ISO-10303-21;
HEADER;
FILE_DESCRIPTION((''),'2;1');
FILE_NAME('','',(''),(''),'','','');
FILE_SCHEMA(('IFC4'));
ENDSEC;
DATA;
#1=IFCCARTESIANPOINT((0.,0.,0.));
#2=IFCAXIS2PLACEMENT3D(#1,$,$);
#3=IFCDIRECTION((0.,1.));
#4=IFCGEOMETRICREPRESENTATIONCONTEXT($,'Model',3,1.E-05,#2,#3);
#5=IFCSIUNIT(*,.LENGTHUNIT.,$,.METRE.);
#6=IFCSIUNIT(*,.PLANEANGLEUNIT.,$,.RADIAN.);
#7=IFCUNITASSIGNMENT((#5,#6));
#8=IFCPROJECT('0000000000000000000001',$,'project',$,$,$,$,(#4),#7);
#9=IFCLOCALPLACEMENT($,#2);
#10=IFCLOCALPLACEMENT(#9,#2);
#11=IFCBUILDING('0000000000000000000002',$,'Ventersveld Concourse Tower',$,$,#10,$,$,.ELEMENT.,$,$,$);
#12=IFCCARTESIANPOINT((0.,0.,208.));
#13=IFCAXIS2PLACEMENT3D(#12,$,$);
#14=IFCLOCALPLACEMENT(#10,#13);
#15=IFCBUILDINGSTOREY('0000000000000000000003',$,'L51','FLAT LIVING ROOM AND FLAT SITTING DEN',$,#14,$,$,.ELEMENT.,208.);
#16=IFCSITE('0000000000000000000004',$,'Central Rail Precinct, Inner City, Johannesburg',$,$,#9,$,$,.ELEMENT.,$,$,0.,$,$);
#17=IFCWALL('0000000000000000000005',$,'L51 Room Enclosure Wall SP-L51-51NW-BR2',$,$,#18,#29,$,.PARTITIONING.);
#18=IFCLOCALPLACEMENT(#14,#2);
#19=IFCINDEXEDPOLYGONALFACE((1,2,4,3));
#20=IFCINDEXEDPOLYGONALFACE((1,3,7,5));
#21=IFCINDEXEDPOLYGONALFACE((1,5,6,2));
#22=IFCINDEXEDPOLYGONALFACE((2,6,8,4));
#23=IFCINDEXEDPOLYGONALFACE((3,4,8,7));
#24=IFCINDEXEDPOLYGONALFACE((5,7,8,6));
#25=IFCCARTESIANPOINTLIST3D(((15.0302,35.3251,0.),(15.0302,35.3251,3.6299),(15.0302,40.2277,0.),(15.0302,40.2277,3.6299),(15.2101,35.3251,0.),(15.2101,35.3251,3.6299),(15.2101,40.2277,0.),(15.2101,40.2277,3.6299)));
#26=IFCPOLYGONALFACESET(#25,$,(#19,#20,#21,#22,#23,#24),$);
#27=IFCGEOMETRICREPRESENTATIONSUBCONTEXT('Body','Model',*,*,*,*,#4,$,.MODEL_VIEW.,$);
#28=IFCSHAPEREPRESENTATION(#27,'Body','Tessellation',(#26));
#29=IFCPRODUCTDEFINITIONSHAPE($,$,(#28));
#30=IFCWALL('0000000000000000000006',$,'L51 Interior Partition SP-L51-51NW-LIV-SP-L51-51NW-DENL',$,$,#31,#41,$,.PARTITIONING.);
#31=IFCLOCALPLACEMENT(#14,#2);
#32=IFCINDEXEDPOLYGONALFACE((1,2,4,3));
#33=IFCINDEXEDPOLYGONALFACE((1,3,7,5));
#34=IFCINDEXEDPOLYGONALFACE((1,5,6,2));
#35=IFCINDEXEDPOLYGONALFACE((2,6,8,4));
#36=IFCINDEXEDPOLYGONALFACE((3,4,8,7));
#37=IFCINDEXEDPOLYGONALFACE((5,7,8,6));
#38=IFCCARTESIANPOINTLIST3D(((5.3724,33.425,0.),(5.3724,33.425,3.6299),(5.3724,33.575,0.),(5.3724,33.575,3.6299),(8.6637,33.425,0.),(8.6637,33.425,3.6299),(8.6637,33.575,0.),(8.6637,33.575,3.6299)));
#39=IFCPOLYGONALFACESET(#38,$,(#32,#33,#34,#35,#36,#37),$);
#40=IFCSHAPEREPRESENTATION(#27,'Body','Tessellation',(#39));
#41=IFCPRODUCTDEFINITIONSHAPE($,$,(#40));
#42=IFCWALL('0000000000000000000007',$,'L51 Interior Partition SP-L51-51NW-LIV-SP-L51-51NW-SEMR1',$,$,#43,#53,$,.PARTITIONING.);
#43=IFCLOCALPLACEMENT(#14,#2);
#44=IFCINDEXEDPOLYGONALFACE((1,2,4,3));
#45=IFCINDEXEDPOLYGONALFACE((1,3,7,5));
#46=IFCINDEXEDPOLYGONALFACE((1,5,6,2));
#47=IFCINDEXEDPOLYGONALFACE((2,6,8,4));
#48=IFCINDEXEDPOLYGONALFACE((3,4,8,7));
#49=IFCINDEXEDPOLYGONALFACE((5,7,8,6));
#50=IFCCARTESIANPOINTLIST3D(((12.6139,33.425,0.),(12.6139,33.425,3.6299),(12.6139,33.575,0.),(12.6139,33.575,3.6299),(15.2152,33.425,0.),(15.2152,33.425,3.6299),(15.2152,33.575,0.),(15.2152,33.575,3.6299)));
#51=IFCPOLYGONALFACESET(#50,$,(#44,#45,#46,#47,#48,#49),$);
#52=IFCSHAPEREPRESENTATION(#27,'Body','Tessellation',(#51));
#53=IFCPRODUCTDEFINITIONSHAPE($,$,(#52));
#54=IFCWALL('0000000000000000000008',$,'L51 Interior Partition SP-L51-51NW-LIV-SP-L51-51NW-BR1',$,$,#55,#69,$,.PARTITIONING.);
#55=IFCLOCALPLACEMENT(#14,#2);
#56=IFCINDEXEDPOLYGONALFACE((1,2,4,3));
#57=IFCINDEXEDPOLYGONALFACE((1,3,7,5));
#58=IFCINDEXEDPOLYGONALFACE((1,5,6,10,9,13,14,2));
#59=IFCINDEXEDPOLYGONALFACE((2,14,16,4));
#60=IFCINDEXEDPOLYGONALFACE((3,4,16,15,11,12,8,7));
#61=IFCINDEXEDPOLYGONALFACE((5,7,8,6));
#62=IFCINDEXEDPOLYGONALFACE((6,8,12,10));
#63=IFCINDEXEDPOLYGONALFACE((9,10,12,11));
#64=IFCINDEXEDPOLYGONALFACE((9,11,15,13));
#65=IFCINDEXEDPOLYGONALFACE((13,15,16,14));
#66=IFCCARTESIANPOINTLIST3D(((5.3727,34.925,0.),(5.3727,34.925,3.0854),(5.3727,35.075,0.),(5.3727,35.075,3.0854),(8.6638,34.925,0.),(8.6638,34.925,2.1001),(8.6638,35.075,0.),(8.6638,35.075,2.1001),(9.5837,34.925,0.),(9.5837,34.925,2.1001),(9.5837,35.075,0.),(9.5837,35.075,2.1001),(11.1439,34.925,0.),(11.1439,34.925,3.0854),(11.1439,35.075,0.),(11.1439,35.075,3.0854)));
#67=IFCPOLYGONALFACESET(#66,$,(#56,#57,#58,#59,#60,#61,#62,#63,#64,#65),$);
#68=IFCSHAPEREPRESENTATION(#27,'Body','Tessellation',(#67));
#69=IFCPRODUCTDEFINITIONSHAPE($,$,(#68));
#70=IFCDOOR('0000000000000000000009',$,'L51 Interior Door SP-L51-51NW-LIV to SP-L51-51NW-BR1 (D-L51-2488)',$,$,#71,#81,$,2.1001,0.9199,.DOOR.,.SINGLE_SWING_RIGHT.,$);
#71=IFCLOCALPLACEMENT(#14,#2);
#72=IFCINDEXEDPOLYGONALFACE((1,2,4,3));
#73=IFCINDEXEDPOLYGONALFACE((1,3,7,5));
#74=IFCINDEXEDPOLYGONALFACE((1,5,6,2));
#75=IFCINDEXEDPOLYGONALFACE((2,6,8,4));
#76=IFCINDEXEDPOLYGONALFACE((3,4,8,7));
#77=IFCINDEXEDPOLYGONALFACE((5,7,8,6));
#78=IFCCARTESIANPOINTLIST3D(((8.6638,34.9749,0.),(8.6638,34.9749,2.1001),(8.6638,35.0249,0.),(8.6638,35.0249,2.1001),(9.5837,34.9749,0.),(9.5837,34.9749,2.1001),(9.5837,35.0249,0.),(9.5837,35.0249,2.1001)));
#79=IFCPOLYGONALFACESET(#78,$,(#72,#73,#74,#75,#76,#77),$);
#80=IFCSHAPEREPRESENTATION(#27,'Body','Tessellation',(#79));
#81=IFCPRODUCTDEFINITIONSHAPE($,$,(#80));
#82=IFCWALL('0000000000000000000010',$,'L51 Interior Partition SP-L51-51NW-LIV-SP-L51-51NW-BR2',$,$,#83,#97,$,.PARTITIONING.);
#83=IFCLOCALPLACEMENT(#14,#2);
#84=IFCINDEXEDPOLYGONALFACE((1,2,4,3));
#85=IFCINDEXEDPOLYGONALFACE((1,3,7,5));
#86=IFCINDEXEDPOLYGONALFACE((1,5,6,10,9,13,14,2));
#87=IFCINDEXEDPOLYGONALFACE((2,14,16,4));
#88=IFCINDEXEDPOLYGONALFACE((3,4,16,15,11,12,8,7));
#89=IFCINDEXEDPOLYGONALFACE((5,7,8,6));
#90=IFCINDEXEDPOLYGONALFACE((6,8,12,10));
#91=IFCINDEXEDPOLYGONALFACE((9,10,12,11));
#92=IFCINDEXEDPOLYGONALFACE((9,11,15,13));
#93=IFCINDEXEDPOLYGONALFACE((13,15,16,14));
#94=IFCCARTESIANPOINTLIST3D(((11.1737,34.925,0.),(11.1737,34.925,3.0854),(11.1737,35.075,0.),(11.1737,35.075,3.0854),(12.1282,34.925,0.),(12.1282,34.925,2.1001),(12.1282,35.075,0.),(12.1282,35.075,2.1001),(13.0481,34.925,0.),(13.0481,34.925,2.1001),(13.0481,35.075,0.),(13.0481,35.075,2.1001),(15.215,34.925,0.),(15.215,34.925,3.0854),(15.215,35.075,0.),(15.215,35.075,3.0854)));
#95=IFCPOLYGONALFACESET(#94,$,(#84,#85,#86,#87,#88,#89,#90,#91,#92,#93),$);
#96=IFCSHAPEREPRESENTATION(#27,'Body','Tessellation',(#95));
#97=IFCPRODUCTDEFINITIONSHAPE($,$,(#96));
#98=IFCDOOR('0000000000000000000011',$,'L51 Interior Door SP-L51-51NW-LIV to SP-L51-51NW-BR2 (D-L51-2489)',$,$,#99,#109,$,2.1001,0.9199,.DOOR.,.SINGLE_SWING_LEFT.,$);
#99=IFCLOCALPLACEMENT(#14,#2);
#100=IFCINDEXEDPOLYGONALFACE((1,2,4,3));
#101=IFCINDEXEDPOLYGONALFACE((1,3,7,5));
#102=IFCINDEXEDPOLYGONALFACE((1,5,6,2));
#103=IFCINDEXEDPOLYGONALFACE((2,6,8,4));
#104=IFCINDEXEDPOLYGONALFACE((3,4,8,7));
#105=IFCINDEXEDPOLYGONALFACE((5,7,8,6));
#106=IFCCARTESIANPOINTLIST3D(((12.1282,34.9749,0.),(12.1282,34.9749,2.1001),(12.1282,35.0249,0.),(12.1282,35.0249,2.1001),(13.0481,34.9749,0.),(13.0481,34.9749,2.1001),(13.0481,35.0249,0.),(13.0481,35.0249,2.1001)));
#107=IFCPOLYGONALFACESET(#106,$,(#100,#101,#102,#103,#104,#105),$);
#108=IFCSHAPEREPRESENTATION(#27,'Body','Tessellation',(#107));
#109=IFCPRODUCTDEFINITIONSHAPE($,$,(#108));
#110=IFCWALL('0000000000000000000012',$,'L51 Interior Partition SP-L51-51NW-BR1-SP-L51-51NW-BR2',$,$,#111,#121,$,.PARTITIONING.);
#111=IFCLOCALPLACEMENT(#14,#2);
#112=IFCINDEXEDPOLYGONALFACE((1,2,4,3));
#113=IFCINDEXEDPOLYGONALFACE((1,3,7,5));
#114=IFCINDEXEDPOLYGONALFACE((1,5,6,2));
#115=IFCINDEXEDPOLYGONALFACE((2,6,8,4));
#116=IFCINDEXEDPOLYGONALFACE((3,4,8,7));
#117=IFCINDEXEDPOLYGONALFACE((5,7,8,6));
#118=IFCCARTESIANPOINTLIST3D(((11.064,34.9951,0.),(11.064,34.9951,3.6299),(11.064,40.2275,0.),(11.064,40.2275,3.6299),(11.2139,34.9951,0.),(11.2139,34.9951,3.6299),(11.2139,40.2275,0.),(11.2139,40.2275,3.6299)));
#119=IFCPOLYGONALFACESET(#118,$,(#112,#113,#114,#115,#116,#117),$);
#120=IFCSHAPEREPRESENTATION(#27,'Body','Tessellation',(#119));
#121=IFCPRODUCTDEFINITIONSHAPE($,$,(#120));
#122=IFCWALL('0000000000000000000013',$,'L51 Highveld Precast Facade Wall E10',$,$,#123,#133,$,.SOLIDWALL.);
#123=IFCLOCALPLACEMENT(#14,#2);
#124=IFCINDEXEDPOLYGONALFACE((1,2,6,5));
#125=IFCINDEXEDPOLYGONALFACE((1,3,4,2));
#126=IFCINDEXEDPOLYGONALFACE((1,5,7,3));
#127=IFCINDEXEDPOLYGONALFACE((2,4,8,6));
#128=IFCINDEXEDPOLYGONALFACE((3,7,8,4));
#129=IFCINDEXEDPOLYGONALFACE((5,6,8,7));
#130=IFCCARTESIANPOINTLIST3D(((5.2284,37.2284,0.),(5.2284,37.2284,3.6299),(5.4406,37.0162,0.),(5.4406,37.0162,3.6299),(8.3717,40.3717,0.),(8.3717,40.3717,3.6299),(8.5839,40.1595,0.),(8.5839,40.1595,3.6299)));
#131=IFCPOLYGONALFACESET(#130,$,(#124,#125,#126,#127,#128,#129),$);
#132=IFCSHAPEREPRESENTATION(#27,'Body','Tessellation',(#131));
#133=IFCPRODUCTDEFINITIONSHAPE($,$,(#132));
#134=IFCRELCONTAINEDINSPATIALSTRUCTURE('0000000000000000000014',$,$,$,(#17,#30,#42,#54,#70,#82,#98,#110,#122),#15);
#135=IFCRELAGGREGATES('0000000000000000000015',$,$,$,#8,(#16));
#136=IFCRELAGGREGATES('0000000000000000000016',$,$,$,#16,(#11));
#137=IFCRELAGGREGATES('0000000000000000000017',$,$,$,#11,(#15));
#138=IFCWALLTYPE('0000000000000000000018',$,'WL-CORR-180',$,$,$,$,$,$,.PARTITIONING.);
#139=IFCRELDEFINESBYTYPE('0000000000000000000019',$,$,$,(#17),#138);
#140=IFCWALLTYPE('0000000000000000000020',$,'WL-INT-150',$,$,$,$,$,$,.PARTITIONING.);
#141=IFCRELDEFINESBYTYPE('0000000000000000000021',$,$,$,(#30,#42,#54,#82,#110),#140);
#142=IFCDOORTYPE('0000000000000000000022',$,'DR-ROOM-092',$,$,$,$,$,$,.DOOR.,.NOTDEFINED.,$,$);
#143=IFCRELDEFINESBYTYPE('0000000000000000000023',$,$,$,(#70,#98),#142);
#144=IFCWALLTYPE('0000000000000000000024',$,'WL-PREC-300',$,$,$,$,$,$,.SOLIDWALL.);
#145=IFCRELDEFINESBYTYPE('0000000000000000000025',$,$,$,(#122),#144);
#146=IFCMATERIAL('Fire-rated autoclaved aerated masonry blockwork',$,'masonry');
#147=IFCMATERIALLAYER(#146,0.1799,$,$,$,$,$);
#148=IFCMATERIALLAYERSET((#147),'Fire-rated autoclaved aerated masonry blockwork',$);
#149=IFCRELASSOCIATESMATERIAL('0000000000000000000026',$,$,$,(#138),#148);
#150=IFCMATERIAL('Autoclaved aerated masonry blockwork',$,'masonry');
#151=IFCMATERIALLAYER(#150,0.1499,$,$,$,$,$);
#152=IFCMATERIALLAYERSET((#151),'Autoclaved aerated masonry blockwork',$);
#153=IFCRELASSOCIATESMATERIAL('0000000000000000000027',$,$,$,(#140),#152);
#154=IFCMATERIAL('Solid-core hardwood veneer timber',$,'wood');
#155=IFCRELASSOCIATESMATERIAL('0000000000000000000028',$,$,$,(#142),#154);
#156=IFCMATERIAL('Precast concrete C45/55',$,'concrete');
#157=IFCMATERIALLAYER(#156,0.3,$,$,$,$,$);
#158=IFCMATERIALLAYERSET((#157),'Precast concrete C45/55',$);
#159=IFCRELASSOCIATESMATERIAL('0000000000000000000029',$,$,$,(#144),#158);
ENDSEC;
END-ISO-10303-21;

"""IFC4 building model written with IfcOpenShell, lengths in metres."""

from ifc_helpers import new_model, si_unit, direction, frame, frame_2d, origin, place, context, subcontext, project, spatial, rectangle, extrude, material, layer, layer_set, type_object, element, fill, save


model = new_model("IFC4")

# Units and contexts
model_context = context("Model", 3, precision=1e-05, world=origin(), true_north=direction((0.0, 1.0)))
body_context = subcontext(model_context, "Body", "Model", "MODEL_VIEW")
ifc_project = project(units=[si_unit("LENGTHUNIT", "METRE"), si_unit("PLANEANGLEUNIT", "RADIAN")], contexts=[model_context])

# Site, building, storey
site_placement = place(None, origin())
site = spatial("IfcSite", under=ifc_project, at=site_placement, Name="Central Rail Precinct, Inner City, Johannesburg", CompositionType="ELEMENT", RefElevation=0.0)
building_placement = place(site_placement, origin())
building = spatial("IfcBuilding", under=site, at=building_placement, Name="Ventersveld Concourse Tower", CompositionType="ELEMENT")
storey_placement = place(building_placement, frame((0.0, 0.0, 208.0)))
storey = spatial("IfcBuildingStorey", under=building, at=storey_placement, Name="L51", Description="FLAT LIVING ROOM AND FLAT SITTING DEN", CompositionType="ELEMENT", Elevation=208.0)

# Walls
ifc_material_1 = material(Name="Fire-rated autoclaved aerated masonry blockwork", Category="masonry")
ifc_layer_1 = layer(ifc_material_1, 0.1799)
ifc_layer_set_1 = layer_set([ifc_layer_1], Name="Fire-rated autoclaved aerated masonry blockwork")
wall_type_1 = type_object("IfcWallType", Name="WL-CORR-180", PredefinedType="PARTITIONING", material=ifc_layer_set_1)
wall_1_placement = place(storey_placement, frame((15.1201, 40.2275, 0.0), z_axis=(0.0, 0.0, 1.0), x_axis=(0.0, -1.0, 0.0)))
element("IfcWall", 1, at=wall_1_placement, inside=storey, type_object=wall_type_1, Name="L51 Room Enclosure Wall SP-L51-51NW-BR2", PredefinedType="PARTITIONING", context=body_context, shape_type="SweptSolid", body=[
    extrude(rectangle(XDim=4.9026, YDim=0.1799, at=frame_2d((2.4512, 0.0))), origin(), (0.0, 0.0, 1.0), 3.6299),
])
ifc_material_2 = material(Name="Autoclaved aerated masonry blockwork", Category="masonry")
ifc_layer_2 = layer(ifc_material_2, 0.1499)
ifc_layer_set_2 = layer_set([ifc_layer_2], Name="Autoclaved aerated masonry blockwork")
wall_type_2 = type_object("IfcWallType", Name="WL-INT-150", PredefinedType="PARTITIONING", material=ifc_layer_set_2)
wall_2_placement = place(storey_placement, frame((5.3726, 33.5, 0.0), z_axis=(0.0, 0.0, 1.0), x_axis=(1.0, 0.0, 0.0)))
element("IfcWall", 2, at=wall_2_placement, inside=storey, type_object=wall_type_2, Name="L51 Interior Partition SP-L51-51NW-LIV-SP-L51-51NW-DENL", PredefinedType="PARTITIONING", context=body_context, shape_type="SweptSolid", body=[
    extrude(rectangle(XDim=3.2913, YDim=0.1499, at=frame_2d((1.6455, 0.0))), origin(), (0.0, 0.0, 1.0), 3.6299),
])
wall_3_placement = place(storey_placement, frame((12.6138, 33.5, 0.0), z_axis=(0.0, 0.0, 1.0), x_axis=(1.0, 0.0, 0.0)))
element("IfcWall", 3, at=wall_3_placement, inside=storey, type_object=wall_type_2, Name="L51 Interior Partition SP-L51-51NW-LIV-SP-L51-51NW-SEMR1", PredefinedType="PARTITIONING", context=body_context, shape_type="SweptSolid", body=[
    extrude(rectangle(XDim=2.6013, YDim=0.1499, at=frame_2d((1.3008, 0.0))), origin(), (0.0, 0.0, 1.0), 3.6299),
])

# Walls, openings, doors
wall_4_placement = place(storey_placement, frame((5.3726, 35.0, 0.0), z_axis=(0.0, 0.0, 1.0), x_axis=(1.0, 0.0, 0.0)))
wall_4 = element("IfcWall", 4, at=wall_4_placement, inside=storey, type_object=wall_type_2, Name="L51 Interior Partition SP-L51-51NW-LIV-SP-L51-51NW-BR1", PredefinedType="PARTITIONING", context=body_context, shape_type="SweptSolid", body=[
    extrude(rectangle(XDim=5.7712, YDim=0.1499, at=frame_2d((2.8857, 0.0))), origin(), (0.0, 0.0, 1.0), 3.0854),
])
opening_1_placement = place(wall_4_placement, frame((3.2913, 0.0, 0.0)))
opening_1 = element("IfcOpeningElement", 5, at=opening_1_placement, cuts=wall_4, PredefinedType="OPENING", context=body_context, shape_type="SweptSolid", body=[
    extrude(rectangle(XDim=0.9199, YDim=2.1001, at=frame_2d((0.46, 1.05))), frame((0.0, 0.085, 0.0), z_axis=(0.0, -1.0, 0.0), x_axis=(1.0, 0.0, 0.0)), (0.0, 0.0, 1.0), 0.1699),
])
ifc_material_3 = material(Name="Solid-core hardwood veneer timber", Category="wood")
door_type = type_object("IfcDoorType", Name="DR-ROOM-092", OperationType="NOTDEFINED", PredefinedType="DOOR", material=ifc_material_3)
door_1_placement = place(opening_1_placement, origin())
door_1 = element("IfcDoor", 6, at=door_1_placement, inside=storey, type_object=door_type, Name="L51 Interior Door SP-L51-51NW-LIV to SP-L51-51NW-BR1 (D-L51-2488)", OperationType="SINGLE_SWING_RIGHT", OverallHeight=2.1001, OverallWidth=0.9199, PredefinedType="DOOR", context=body_context, shape_type="SweptSolid", body=[
    extrude(rectangle(XDim=0.9199, YDim=2.1001, at=frame_2d((0.46, 1.05))), frame((0.0, 0.0249, 0.0), z_axis=(0.0, -1.0, 0.0), x_axis=(1.0, 0.0, 0.0)), (0.0, 0.0, 1.0), 0.05),
])
fill(opening_1, door_1)
wall_5_placement = place(storey_placement, frame((11.1738, 35.0, 0.0), z_axis=(0.0, 0.0, 1.0), x_axis=(1.0, 0.0, 0.0)))
wall_5 = element("IfcWall", 7, at=wall_5_placement, inside=storey, type_object=wall_type_2, Name="L51 Interior Partition SP-L51-51NW-LIV-SP-L51-51NW-BR2", PredefinedType="PARTITIONING", context=body_context, shape_type="SweptSolid", body=[
    extrude(rectangle(XDim=4.0413, YDim=0.1499, at=frame_2d((2.0205, 0.0))), origin(), (0.0, 0.0, 1.0), 3.0854),
])
opening_2_placement = place(wall_5_placement, frame((0.9543, 0.0, 0.0)))
opening_2 = element("IfcOpeningElement", 8, at=opening_2_placement, cuts=wall_5, PredefinedType="OPENING", context=body_context, shape_type="SweptSolid", body=[
    extrude(rectangle(XDim=0.9199, YDim=2.1001, at=frame_2d((0.46, 1.05))), frame((0.0, 0.085, 0.0), z_axis=(0.0, -1.0, 0.0), x_axis=(1.0, 0.0, 0.0)), (0.0, 0.0, 1.0), 0.1699),
])
door_2_placement = place(opening_2_placement, origin())
door_2 = element("IfcDoor", 9, at=door_2_placement, inside=storey, type_object=door_type, Name="L51 Interior Door SP-L51-51NW-LIV to SP-L51-51NW-BR2 (D-L51-2489)", OperationType="SINGLE_SWING_LEFT", OverallHeight=2.1001, OverallWidth=0.9199, PredefinedType="DOOR", context=body_context, shape_type="SweptSolid", body=[
    extrude(rectangle(XDim=0.9199, YDim=2.1001, at=frame_2d((0.46, 1.05))), frame((0.0, 0.0249, 0.0), z_axis=(0.0, -1.0, 0.0), x_axis=(1.0, 0.0, 0.0)), (0.0, 0.0, 1.0), 0.05),
])
fill(opening_2, door_2)

# Walls
wall_6_placement = place(storey_placement, frame((11.1389, 34.9951, 0.0), z_axis=(0.0, 0.0, 1.0), x_axis=(0.0, 1.0, 0.0)))
element("IfcWall", 10, at=wall_6_placement, inside=storey, type_object=wall_type_2, Name="L51 Interior Partition SP-L51-51NW-BR1-SP-L51-51NW-BR2", PredefinedType="PARTITIONING", context=body_context, shape_type="SweptSolid", body=[
    extrude(rectangle(XDim=5.2324, YDim=0.1499, at=frame_2d((2.6162, 0.0))), origin(), (0.0, 0.0, 1.0), 3.6299),
])
ifc_material_4 = material(Name="Precast concrete C45/55", Category="concrete")
ifc_layer_3 = layer(ifc_material_4, 0.3)
ifc_layer_set_3 = layer_set([ifc_layer_3], Name="Precast concrete C45/55")
wall_type_3 = type_object("IfcWallType", Name="WL-PREC-300", PredefinedType="SOLIDWALL", material=ifc_layer_set_3)
wall_7_placement = place(storey_placement, frame((8.4778, 40.2656, 0.0), z_axis=(0.0, 0.0, 1.0), x_axis=(-0.707107, -0.707107, 0.0)))
element("IfcWall", 11, at=wall_7_placement, inside=storey, type_object=wall_type_3, Name="L51 Highveld Precast Facade Wall E10", PredefinedType="SOLIDWALL", context=body_context, shape_type="SweptSolid", body=[
    extrude(rectangle(XDim=4.4453, YDim=0.3, at=frame_2d((2.2227, 0.0))), origin(), (0.0, 0.0, 1.0), 3.6299),
])

save(model, "model.ifc")
